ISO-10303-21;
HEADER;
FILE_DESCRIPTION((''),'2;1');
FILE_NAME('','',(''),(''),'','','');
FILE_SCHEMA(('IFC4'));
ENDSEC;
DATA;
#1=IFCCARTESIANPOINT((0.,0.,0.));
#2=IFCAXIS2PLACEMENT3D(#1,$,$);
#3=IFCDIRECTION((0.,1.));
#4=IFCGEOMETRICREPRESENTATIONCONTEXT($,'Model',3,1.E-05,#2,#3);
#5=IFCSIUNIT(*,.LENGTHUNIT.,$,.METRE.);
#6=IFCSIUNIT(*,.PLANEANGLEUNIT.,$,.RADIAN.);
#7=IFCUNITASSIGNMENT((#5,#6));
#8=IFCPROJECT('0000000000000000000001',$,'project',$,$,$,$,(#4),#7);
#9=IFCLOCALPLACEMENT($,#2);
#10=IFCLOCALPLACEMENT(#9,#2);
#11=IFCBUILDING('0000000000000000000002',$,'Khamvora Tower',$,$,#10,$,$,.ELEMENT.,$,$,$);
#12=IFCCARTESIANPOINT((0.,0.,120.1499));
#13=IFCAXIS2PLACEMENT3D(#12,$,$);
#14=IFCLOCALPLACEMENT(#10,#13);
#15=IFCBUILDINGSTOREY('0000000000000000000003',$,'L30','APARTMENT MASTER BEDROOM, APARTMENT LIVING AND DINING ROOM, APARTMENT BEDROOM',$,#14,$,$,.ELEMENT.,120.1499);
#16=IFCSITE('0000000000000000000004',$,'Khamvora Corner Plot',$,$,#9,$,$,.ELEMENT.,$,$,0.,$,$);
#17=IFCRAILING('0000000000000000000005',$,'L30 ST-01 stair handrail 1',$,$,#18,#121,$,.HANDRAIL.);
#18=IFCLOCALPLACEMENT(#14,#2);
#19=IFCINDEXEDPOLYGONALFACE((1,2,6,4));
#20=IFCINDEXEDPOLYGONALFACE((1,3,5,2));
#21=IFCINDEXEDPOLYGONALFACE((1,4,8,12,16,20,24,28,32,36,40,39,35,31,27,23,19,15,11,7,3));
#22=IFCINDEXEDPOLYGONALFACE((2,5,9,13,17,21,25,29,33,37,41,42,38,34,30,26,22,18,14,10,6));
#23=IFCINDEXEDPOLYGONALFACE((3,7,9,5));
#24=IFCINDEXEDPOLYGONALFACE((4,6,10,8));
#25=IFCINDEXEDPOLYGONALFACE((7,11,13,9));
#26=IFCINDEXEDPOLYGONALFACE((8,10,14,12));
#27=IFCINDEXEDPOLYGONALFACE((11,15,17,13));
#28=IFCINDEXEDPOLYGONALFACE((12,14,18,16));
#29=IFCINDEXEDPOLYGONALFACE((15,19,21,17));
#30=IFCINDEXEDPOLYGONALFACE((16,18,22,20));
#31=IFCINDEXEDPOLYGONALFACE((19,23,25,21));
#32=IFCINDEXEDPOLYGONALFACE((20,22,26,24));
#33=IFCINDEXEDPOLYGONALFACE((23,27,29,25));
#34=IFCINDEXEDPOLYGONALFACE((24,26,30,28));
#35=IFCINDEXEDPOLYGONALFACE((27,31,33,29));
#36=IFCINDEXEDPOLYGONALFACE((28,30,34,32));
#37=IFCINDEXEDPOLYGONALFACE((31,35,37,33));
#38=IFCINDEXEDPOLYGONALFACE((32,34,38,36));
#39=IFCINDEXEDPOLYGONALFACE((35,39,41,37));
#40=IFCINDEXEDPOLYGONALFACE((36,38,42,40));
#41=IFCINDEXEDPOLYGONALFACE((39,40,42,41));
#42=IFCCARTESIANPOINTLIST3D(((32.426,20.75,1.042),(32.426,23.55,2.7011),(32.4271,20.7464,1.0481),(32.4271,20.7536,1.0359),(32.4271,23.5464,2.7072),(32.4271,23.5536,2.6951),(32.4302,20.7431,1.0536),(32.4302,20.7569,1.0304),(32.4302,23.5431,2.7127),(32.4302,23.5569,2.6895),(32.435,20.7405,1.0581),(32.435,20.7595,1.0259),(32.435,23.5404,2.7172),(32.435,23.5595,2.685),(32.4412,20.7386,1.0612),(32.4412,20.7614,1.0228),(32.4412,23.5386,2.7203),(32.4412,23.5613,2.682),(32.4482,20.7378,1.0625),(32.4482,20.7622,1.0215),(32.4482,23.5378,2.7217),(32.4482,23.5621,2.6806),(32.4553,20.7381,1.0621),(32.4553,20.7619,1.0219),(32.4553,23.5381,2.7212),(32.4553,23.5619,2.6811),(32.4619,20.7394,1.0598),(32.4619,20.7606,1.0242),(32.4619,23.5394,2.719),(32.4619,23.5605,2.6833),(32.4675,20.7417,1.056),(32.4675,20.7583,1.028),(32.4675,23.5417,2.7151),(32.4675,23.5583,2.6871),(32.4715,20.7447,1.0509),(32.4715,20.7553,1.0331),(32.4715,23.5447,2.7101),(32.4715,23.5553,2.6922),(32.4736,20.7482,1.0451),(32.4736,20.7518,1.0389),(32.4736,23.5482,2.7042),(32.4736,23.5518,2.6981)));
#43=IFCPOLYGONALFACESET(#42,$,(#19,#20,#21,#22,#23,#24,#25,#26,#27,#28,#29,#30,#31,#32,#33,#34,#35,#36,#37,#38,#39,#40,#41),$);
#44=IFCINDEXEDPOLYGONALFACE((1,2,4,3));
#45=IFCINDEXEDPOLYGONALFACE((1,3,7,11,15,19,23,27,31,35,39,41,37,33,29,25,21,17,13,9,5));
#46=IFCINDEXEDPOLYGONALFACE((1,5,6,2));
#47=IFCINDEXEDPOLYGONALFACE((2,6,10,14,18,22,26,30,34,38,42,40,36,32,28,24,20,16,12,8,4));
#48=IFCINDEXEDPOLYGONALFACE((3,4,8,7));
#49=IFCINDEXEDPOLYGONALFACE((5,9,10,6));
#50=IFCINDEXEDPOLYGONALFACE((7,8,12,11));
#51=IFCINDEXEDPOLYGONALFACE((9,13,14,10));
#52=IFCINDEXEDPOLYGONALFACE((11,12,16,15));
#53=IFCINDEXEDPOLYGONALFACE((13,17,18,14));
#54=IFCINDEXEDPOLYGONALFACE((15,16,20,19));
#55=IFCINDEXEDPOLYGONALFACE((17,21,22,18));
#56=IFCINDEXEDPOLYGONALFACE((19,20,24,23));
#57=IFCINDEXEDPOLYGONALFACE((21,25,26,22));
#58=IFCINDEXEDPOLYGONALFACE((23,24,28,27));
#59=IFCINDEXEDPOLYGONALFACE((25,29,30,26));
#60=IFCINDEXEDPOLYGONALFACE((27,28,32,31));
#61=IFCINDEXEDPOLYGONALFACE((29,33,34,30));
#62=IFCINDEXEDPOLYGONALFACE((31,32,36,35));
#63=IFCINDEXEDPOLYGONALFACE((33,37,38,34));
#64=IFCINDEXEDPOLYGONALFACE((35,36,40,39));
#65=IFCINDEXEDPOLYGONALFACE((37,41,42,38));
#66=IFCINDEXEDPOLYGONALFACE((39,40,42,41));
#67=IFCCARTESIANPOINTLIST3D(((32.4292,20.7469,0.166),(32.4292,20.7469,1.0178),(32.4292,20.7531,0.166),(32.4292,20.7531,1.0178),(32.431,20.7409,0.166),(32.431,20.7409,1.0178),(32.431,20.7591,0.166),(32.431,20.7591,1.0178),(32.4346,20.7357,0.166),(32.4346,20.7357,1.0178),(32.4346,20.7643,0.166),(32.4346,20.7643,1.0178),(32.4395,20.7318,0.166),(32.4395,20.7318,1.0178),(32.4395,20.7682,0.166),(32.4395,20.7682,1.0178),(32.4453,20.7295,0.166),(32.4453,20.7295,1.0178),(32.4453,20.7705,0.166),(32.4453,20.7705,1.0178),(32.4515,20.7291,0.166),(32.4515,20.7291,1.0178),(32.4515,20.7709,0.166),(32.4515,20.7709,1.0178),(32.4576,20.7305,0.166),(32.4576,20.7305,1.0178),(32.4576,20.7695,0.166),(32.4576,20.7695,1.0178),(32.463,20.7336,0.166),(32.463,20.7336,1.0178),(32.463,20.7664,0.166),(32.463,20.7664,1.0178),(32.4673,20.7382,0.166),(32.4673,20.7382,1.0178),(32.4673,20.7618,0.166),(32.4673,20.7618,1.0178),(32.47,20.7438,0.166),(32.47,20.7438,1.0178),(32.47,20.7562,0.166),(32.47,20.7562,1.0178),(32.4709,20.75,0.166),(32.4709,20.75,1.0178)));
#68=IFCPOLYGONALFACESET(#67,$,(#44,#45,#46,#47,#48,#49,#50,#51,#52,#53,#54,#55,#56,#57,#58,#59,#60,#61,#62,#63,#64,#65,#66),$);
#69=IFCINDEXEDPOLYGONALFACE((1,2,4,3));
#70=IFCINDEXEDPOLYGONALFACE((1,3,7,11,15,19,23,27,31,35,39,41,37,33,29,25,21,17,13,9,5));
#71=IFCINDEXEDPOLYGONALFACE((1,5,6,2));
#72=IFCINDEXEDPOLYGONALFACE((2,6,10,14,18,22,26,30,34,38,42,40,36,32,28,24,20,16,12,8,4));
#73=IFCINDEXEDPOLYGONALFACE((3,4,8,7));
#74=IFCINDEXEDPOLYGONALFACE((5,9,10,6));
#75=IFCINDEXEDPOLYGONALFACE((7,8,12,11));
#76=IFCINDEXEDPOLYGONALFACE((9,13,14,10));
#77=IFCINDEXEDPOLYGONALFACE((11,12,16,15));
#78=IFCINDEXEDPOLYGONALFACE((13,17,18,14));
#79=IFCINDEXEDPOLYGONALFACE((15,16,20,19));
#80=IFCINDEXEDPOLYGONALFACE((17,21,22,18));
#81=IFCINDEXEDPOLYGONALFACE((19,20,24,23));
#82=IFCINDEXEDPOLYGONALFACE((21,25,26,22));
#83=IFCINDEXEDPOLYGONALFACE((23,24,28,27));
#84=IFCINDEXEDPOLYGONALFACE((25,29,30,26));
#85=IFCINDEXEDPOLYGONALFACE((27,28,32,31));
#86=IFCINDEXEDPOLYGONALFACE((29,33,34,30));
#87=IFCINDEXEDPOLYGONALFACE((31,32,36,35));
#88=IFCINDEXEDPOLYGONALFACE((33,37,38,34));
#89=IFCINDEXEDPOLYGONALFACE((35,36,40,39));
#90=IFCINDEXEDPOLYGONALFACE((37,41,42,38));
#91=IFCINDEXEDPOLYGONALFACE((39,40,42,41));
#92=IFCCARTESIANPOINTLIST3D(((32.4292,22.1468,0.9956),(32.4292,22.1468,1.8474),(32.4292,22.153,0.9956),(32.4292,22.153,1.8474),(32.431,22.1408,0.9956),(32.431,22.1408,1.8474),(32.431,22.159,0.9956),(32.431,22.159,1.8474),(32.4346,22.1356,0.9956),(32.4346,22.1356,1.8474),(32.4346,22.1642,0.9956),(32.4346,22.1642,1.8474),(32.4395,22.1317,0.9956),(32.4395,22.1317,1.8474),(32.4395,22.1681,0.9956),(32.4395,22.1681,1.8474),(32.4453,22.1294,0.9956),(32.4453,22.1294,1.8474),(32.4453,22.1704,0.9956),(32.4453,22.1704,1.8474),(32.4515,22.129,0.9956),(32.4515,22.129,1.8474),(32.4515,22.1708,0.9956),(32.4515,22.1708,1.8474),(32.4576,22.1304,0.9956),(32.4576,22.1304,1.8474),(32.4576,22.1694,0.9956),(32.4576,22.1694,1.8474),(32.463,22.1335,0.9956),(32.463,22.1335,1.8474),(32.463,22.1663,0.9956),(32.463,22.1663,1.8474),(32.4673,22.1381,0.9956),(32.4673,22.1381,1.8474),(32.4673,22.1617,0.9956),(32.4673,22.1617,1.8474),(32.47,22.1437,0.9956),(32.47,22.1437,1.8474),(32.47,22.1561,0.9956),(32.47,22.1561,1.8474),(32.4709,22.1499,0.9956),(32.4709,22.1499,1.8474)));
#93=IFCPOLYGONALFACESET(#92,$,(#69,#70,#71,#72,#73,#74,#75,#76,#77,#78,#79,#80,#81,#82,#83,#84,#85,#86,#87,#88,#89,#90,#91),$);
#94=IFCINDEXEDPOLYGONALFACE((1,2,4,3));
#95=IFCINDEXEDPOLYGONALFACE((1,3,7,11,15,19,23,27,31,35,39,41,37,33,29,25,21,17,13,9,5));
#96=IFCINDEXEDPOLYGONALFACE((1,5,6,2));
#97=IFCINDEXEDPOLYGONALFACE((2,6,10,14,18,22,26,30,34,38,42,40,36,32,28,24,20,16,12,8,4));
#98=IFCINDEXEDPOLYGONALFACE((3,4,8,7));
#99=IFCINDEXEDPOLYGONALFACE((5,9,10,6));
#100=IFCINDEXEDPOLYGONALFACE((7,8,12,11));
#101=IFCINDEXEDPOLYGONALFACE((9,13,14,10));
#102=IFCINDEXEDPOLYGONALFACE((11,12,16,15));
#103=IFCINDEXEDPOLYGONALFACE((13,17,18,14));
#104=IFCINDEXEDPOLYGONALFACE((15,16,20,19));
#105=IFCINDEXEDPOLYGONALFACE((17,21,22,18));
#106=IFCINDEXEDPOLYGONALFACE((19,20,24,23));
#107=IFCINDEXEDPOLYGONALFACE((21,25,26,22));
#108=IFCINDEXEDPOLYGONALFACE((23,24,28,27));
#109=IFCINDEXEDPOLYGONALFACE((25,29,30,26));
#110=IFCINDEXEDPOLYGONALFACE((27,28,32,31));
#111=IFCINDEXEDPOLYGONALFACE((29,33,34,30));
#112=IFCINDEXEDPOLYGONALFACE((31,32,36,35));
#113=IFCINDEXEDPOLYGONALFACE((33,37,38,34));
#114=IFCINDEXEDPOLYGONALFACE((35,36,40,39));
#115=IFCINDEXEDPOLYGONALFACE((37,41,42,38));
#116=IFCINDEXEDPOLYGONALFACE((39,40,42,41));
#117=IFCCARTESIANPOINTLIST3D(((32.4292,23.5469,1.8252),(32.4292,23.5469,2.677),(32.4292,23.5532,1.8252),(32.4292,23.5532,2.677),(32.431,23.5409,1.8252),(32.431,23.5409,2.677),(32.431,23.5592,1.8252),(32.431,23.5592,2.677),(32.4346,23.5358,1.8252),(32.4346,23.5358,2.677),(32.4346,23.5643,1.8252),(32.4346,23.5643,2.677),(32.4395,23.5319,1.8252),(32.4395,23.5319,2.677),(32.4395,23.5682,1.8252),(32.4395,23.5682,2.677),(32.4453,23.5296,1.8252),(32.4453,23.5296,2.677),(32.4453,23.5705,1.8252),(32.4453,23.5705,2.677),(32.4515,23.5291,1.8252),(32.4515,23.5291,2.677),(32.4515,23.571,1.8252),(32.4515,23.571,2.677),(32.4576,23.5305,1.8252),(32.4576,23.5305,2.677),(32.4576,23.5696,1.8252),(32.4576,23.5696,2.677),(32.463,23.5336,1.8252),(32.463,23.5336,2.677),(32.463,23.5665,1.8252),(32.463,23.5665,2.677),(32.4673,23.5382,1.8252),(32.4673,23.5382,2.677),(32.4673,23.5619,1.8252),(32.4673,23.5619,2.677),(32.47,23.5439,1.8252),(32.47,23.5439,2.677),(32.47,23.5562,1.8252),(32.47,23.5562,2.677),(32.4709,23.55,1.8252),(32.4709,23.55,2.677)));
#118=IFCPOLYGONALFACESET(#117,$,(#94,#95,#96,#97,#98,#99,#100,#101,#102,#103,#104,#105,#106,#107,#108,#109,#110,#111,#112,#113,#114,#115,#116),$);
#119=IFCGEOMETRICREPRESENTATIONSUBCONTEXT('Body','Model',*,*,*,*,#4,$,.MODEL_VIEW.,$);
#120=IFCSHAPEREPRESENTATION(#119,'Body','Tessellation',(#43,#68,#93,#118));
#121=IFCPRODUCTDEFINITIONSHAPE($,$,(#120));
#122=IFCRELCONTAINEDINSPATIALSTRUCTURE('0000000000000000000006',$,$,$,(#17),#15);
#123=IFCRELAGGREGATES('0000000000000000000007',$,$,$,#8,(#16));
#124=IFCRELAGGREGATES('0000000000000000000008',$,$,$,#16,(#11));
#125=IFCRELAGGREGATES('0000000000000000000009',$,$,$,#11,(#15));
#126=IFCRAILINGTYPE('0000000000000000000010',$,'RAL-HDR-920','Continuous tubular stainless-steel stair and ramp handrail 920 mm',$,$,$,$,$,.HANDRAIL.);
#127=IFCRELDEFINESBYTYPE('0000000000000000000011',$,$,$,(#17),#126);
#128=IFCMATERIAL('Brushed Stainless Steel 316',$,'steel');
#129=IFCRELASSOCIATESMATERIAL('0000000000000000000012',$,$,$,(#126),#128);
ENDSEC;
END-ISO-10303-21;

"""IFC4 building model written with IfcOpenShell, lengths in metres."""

from ifc_helpers import new_model, si_unit, direction, frame, origin, origin_2d, place, context, subcontext, project, spatial, circle, extrude, material, type_object, element, save


model = new_model("IFC4")

# Units and contexts
model_context = context("Model", 3, precision=1e-05, world=origin(), true_north=direction((0.0, 1.0)))
body_context = subcontext(model_context, "Body", "Model", "MODEL_VIEW")
ifc_project = project(units=[si_unit("LENGTHUNIT", "METRE"), si_unit("PLANEANGLEUNIT", "RADIAN")], contexts=[model_context])

# Site, building, storey
site_placement = place(None, origin())
site = spatial("IfcSite", under=ifc_project, at=site_placement, Name="Khamvora Corner Plot", CompositionType="ELEMENT", RefElevation=0.0)
building_placement = place(site_placement, origin())
building = spatial("IfcBuilding", under=site, at=building_placement, Name="Khamvora Tower", CompositionType="ELEMENT")
storey_placement = place(building_placement, frame((0.0, 0.0, 120.1499)))
storey = spatial("IfcBuildingStorey", under=building, at=storey_placement, Name="L30", Description="APARTMENT MASTER BEDROOM, APARTMENT LIVING AND DINING ROOM, APARTMENT BEDROOM", CompositionType="ELEMENT", Elevation=120.1499)

# Railing
ifc_material_1 = material(Name="Brushed Stainless Steel 316", Category="steel")
railing_type_1 = type_object("IfcRailingType", Name="RAL-HDR-920", Description="Continuous tubular stainless-steel stair and ramp handrail 920 mm", PredefinedType="HANDRAIL", material=ifc_material_1)
railing_1_placement = place(storey_placement, frame((32.45, 20.75, 0.166)))
element("IfcRailing", 1, at=railing_1_placement, inside=storey, type_object=railing_type_1, Name="L30 ST-01 stair handrail 1", PredefinedType="HANDRAIL", context=body_context, shape_type="SweptSolid", body=[
    extrude(circle(Radius=0.0239, at=origin_2d()), frame((0.0, 0.0, 0.876), z_axis=(0.0, 0.860306, 0.509778), x_axis=(-1.0, 0.0, 0.0)), (0.0, 0.0, 1.0), 3.2546),
    extrude(circle(Radius=0.021, at=origin_2d()), origin(), (0.0, 0.0, 1.0), 0.8518),
    extrude(circle(Radius=0.021, at=origin_2d()), frame((0.0, 1.3999, 0.8296)), (0.0, 0.0, 1.0), 0.8518),
    extrude(circle(Radius=0.021, at=origin_2d()), frame((0.0, 2.8, 1.6592)), (0.0, 0.0, 1.0), 0.8518),
])

save(model, "model.ifc")
